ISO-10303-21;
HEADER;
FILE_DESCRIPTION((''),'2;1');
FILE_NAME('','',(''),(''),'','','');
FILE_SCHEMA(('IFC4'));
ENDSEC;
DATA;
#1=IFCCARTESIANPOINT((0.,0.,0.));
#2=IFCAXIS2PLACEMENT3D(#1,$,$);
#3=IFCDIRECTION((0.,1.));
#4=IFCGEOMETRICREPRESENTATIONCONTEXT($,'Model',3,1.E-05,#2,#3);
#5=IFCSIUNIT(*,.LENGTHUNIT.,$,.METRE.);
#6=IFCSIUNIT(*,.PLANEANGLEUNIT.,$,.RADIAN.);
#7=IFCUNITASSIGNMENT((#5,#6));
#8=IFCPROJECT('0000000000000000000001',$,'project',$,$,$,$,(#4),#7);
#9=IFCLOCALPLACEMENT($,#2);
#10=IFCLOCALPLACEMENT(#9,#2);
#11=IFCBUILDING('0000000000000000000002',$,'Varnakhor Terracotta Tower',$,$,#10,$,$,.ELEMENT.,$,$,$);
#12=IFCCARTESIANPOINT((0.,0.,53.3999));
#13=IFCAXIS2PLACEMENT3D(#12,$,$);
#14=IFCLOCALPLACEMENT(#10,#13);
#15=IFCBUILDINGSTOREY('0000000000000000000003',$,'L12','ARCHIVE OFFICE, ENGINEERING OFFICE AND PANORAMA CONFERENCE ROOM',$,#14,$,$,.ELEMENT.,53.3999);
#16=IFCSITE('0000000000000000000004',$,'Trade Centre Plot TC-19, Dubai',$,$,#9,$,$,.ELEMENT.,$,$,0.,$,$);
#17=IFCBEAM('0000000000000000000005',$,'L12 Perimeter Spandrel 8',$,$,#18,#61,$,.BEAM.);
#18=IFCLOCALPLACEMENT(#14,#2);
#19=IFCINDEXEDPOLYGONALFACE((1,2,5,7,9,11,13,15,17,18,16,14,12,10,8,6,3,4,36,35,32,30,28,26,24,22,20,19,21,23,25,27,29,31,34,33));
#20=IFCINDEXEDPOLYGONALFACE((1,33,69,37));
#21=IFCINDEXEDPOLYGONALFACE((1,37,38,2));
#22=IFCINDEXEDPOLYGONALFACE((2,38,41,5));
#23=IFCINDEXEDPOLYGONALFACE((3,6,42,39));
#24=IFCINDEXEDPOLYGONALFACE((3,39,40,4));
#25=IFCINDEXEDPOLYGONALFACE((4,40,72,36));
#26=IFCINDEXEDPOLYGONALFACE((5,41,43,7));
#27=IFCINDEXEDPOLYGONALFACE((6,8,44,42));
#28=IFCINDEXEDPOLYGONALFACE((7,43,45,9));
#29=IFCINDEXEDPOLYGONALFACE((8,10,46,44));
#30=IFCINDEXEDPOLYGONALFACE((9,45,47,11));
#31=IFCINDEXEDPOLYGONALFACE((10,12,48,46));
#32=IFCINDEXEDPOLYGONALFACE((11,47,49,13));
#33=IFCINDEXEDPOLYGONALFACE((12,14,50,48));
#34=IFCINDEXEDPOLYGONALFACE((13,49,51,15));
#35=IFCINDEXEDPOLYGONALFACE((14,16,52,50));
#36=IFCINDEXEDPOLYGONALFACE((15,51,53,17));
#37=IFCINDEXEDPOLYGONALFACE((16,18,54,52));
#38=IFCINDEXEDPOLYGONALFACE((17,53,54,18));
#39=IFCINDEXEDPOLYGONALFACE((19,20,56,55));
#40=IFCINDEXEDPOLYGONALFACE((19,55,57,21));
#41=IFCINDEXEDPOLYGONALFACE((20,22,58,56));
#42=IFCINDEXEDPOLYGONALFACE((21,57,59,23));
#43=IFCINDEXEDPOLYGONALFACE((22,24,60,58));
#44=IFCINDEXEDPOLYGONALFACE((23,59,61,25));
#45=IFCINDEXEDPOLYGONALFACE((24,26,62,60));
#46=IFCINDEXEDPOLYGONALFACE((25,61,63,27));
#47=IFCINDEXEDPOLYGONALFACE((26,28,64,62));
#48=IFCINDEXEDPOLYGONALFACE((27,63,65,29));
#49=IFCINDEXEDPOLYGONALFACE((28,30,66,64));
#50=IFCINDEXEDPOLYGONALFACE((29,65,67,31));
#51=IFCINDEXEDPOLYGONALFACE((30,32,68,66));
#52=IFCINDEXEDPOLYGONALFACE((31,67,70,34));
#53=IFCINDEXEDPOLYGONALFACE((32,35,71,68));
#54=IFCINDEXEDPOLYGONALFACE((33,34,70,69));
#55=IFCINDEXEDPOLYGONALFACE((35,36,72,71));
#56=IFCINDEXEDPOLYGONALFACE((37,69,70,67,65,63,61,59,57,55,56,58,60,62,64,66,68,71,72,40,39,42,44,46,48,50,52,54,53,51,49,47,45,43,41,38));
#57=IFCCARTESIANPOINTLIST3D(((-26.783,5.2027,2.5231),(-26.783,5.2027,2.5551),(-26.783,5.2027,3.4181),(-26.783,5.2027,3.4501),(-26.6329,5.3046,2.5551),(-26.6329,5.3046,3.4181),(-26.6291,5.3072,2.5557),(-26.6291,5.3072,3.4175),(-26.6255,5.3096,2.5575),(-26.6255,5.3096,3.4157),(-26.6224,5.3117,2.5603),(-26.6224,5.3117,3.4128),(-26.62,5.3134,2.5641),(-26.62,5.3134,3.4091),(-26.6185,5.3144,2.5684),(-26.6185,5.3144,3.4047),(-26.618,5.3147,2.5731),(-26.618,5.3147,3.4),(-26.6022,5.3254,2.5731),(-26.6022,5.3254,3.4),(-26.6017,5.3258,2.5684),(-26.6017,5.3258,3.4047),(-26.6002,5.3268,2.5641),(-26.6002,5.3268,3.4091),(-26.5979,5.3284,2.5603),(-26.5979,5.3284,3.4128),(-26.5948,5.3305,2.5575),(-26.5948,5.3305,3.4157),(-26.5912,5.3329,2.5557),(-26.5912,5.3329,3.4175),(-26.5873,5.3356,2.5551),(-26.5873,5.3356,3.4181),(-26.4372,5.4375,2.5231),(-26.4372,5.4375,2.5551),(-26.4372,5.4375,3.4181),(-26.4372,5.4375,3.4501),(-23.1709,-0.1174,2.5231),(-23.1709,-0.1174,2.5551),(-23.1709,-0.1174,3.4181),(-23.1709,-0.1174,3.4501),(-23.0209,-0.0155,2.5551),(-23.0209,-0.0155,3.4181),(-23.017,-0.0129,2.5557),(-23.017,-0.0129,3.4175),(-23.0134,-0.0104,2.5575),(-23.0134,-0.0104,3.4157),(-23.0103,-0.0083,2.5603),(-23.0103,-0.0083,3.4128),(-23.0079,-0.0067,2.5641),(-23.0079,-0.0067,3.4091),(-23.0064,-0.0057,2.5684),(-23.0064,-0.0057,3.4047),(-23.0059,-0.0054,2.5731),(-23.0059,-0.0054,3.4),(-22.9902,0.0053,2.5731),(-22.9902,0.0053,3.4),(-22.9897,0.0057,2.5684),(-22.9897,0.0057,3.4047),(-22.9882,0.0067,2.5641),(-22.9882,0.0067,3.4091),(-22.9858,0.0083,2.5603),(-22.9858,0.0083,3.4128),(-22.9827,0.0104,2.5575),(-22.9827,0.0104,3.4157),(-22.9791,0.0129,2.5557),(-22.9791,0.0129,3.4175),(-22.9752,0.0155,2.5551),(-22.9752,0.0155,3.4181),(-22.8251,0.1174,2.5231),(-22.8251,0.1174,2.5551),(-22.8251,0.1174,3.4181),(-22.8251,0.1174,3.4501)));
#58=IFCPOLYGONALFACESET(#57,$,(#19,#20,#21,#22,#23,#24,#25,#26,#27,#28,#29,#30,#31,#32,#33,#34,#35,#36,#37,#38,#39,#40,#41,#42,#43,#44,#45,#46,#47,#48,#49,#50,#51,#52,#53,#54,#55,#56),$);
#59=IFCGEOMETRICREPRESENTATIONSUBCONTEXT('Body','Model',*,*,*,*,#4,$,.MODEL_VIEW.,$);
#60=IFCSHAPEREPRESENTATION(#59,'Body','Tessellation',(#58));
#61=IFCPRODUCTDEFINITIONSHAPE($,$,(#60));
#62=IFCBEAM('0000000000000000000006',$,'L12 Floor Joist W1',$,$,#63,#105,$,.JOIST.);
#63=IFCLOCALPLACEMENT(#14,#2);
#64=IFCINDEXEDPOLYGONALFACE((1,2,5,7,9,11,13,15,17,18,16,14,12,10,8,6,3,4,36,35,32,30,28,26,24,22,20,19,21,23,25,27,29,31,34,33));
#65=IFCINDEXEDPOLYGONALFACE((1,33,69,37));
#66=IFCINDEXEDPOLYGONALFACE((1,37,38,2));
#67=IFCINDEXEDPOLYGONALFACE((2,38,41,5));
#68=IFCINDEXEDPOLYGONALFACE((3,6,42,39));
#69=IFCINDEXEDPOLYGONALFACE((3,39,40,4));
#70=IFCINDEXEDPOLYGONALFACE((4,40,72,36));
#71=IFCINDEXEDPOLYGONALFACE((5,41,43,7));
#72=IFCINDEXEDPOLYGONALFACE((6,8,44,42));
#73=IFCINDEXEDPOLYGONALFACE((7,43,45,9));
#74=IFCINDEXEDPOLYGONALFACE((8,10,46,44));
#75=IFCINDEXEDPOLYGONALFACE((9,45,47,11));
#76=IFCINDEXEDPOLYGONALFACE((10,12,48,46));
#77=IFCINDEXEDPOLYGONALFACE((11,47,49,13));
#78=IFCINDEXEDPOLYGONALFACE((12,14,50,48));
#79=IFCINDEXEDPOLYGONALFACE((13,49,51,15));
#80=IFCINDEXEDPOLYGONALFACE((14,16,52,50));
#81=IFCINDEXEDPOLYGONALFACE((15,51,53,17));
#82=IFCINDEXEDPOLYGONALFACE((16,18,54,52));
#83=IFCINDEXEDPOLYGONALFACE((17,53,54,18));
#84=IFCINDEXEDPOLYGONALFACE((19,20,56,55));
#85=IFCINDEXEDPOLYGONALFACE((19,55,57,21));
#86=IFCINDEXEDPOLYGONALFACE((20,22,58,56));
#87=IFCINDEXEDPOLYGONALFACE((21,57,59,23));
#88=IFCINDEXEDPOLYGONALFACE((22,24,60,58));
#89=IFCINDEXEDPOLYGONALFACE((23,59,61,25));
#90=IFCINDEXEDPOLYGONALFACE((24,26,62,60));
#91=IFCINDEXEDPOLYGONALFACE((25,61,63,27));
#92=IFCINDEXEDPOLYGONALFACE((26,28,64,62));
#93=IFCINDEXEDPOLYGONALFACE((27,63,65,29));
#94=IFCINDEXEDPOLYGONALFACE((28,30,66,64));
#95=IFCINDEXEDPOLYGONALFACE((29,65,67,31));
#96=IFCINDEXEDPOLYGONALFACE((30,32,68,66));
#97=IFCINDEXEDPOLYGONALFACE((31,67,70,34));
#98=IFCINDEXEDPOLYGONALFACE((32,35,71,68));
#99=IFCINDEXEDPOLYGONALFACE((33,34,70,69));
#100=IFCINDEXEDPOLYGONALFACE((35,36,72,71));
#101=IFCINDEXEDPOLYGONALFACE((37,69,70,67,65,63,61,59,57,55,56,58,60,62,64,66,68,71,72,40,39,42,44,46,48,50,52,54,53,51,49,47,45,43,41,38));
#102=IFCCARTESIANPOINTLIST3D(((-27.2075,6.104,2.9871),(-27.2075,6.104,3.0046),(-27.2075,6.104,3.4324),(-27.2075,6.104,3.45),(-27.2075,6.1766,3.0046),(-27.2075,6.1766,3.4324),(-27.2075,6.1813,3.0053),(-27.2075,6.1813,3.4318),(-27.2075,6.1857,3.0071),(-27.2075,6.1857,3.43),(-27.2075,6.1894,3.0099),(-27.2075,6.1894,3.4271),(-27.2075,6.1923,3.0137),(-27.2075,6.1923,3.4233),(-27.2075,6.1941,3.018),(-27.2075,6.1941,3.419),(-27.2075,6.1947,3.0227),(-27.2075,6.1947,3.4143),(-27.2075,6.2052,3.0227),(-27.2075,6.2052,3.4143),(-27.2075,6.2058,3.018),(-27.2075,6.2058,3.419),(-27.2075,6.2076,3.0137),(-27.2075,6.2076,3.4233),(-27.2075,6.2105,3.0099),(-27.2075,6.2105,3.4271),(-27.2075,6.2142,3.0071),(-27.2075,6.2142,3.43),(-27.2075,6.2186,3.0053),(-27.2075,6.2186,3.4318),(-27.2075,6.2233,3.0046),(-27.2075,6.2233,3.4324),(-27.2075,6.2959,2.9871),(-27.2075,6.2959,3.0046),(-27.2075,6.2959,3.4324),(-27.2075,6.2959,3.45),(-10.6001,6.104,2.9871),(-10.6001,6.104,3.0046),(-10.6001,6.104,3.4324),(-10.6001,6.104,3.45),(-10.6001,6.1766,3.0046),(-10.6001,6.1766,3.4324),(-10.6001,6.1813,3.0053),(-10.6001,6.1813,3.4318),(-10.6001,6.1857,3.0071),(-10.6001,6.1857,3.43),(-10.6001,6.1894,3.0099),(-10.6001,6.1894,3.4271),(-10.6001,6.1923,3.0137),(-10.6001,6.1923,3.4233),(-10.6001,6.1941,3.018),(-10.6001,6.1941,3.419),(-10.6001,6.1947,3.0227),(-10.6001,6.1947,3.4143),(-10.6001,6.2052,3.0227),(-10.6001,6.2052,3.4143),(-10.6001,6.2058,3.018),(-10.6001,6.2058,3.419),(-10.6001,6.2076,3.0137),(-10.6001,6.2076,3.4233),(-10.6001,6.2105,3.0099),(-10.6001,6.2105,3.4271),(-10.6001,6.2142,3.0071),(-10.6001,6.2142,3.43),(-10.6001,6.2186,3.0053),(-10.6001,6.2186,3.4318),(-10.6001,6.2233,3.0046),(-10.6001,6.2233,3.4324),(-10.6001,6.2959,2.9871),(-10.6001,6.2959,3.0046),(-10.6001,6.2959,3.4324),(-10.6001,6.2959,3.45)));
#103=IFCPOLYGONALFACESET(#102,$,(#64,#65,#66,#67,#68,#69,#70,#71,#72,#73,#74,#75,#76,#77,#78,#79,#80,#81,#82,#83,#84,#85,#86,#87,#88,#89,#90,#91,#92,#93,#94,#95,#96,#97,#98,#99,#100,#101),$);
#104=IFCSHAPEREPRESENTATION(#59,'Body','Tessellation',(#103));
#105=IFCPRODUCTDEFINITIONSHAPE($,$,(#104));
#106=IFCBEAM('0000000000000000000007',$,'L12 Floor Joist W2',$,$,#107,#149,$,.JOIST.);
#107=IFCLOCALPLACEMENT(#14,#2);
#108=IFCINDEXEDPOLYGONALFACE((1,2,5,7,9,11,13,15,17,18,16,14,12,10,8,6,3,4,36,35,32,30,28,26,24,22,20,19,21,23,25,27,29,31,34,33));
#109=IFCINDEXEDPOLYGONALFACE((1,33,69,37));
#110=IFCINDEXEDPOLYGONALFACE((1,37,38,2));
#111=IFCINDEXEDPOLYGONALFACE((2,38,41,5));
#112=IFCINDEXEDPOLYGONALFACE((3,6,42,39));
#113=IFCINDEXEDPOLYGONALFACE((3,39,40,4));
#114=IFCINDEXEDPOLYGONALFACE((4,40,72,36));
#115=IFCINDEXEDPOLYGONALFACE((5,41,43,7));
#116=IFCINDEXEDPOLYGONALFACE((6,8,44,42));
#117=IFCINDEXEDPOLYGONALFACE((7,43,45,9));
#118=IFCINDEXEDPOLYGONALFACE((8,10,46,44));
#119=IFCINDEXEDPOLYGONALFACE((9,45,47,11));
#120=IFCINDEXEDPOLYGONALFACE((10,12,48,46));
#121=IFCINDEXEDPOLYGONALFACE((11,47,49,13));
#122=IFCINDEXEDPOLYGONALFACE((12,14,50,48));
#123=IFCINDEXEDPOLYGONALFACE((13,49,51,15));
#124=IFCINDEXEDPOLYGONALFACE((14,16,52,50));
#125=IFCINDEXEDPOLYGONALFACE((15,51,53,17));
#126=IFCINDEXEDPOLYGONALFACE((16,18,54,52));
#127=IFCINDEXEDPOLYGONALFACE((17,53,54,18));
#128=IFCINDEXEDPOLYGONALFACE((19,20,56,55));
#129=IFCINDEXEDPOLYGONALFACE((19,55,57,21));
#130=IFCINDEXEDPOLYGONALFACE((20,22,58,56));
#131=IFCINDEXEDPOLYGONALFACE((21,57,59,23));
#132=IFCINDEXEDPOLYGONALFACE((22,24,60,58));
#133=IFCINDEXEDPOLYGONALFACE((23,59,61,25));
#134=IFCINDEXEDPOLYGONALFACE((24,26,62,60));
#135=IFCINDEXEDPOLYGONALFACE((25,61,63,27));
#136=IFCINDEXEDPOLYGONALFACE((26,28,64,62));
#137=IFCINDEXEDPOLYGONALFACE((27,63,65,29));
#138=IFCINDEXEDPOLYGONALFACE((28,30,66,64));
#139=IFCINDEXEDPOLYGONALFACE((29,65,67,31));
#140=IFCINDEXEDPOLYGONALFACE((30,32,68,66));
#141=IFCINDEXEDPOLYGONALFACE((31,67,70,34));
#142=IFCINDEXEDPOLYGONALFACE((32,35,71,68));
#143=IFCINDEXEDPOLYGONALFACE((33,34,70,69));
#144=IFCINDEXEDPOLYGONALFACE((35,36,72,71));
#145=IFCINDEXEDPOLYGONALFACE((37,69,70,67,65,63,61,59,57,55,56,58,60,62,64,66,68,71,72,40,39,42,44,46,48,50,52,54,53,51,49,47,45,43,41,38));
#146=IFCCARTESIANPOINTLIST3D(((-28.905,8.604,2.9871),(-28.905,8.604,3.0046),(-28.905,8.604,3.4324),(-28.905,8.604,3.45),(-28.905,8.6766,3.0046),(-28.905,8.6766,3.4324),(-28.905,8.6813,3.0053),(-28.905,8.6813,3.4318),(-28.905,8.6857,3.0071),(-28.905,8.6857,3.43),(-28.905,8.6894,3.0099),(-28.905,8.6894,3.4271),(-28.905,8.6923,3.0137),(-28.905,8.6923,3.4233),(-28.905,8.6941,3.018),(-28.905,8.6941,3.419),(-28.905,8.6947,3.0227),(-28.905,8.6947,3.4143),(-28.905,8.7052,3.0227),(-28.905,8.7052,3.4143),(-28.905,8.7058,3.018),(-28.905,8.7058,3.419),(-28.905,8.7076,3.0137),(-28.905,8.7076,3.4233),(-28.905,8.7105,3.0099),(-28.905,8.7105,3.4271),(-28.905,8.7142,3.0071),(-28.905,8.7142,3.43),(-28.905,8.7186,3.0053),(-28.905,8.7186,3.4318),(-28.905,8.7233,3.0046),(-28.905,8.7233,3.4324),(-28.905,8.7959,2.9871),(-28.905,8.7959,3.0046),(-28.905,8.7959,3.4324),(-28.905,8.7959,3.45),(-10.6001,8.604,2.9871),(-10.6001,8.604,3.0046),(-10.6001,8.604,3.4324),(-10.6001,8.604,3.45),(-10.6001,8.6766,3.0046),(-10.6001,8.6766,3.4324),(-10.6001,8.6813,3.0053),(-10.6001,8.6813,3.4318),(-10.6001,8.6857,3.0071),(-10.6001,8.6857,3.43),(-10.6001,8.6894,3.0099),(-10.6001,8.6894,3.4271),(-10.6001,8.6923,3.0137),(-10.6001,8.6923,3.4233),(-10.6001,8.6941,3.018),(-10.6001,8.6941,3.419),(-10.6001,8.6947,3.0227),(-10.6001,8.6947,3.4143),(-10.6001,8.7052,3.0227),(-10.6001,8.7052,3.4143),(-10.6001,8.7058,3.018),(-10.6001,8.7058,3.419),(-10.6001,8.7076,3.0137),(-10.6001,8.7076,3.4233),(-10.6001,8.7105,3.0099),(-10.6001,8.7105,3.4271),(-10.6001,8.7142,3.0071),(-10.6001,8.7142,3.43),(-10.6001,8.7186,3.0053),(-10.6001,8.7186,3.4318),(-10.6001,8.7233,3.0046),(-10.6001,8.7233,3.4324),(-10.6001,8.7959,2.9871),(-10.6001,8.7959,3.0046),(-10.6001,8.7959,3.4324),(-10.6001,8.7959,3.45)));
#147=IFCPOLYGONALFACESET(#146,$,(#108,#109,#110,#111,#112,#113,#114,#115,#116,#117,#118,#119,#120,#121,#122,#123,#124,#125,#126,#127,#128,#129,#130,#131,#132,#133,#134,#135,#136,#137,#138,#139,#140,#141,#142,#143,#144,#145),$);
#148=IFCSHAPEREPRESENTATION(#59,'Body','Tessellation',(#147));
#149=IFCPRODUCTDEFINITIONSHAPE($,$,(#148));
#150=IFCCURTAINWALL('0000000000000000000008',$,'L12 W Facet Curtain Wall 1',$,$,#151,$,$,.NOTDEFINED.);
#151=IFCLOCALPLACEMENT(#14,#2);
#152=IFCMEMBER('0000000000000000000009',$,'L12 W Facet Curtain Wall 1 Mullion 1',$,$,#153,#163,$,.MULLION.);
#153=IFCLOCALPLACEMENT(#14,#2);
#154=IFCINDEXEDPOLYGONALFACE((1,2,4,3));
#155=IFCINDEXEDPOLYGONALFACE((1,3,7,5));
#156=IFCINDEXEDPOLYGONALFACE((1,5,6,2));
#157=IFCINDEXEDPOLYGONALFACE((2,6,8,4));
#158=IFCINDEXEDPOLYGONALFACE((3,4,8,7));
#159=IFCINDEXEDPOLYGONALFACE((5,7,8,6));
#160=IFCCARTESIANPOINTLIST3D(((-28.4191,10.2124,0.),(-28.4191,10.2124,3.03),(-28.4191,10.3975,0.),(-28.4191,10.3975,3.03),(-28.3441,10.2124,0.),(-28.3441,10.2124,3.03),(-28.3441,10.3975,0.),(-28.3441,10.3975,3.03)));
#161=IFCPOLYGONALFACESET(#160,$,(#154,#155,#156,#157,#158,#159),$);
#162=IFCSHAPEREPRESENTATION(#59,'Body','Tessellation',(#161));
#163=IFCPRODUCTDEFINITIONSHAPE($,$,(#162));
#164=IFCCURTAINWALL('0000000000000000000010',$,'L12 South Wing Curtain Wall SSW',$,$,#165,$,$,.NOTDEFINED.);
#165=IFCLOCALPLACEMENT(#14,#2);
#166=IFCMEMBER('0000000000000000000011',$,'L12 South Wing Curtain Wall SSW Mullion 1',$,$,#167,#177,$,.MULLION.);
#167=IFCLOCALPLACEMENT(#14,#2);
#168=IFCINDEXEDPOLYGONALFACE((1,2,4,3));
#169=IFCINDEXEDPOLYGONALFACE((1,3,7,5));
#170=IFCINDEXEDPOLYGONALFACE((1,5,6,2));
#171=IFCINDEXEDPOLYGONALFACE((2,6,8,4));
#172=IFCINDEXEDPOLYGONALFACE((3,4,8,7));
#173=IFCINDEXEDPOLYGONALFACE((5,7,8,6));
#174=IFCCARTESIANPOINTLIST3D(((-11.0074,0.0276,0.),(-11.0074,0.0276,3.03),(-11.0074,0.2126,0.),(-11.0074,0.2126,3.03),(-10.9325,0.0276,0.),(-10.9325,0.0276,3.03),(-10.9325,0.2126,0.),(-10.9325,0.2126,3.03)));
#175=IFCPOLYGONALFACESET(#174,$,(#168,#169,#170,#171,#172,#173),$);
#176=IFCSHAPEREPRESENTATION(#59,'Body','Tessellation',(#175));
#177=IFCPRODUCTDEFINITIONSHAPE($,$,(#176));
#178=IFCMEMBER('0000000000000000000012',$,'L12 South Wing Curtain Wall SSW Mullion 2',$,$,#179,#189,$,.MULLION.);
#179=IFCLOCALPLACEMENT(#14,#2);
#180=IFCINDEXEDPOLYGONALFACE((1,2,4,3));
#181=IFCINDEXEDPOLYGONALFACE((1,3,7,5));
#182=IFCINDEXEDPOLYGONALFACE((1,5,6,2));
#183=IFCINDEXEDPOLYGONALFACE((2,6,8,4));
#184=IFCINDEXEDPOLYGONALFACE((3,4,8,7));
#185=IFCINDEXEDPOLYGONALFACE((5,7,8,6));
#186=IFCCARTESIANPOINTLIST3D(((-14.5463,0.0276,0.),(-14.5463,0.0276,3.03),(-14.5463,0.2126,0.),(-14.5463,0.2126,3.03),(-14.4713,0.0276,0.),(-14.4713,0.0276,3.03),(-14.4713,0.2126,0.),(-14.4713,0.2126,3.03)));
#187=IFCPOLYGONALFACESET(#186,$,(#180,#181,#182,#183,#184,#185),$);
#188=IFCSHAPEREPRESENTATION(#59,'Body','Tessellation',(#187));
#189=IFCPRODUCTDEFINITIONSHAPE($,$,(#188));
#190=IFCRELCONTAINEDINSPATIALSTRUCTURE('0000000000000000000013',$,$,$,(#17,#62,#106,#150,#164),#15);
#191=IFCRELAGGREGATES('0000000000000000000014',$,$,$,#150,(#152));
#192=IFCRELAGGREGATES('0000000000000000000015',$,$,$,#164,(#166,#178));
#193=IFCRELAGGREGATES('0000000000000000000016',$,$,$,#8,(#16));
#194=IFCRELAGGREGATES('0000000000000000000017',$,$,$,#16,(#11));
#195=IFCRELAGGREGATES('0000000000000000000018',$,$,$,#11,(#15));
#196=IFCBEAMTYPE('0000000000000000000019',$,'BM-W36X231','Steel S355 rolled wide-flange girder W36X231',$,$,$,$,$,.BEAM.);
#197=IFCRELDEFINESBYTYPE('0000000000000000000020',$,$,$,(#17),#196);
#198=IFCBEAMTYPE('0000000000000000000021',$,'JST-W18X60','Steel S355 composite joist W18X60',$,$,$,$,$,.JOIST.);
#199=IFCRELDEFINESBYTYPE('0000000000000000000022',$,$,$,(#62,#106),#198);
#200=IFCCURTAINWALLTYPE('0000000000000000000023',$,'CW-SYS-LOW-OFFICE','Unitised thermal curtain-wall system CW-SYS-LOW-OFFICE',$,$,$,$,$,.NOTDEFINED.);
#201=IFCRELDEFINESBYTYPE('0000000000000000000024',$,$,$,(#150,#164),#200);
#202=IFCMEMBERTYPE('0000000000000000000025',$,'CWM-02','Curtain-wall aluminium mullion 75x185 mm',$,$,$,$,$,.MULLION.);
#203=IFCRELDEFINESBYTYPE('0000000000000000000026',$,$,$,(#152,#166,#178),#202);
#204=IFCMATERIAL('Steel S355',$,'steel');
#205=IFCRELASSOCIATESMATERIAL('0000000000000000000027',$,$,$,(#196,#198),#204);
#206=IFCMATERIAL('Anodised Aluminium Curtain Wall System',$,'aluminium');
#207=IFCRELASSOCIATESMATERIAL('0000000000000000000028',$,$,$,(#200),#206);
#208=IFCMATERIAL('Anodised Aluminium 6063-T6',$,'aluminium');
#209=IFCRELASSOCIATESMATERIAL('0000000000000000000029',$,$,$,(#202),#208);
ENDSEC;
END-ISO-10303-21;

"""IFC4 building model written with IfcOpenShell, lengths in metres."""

from ifc_helpers import new_model, si_unit, direction, frame, origin, origin_2d, place, context, subcontext, project, spatial, rectangle, i_section, extrude, source, transform, mapped, material, material_profile, profile_set, type_object, type_shapes, element, aggregate, save


model = new_model("IFC4")

# Units and contexts
model_context = context("Model", 3, precision=1e-05, world=origin(), true_north=direction((0.0, 1.0)))
body_context = subcontext(model_context, "Body", "Model", "MODEL_VIEW")
ifc_project = project(units=[si_unit("LENGTHUNIT", "METRE"), si_unit("PLANEANGLEUNIT", "RADIAN")], contexts=[model_context])

# Site, building, storey
site_placement = place(None, origin())
site = spatial("IfcSite", under=ifc_project, at=site_placement, Name="Trade Centre Plot TC-19, Dubai", CompositionType="ELEMENT", RefElevation=0.0)
building_placement = place(site_placement, origin())
building = spatial("IfcBuilding", under=site, at=building_placement, Name="Varnakhor Terracotta Tower", CompositionType="ELEMENT")
storey_placement = place(building_placement, frame((0.0, 0.0, 53.3999)))
storey = spatial("IfcBuildingStorey", under=building, at=storey_placement, Name="L12", Description="ARCHIVE OFFICE, ENGINEERING OFFICE AND PANORAMA CONFERENCE ROOM", CompositionType="ELEMENT", Elevation=53.3999)

# Beams
ifc_material_1 = material(Name="Steel S355", Category="steel")
ifc_material_profile_1 = material_profile(ifc_material_1, i_section(OverallWidth=0.418, OverallDepth=0.927, WebThickness=0.019, FlangeThickness=0.032, FilletRadius=0.0181, at=origin_2d()), Name="W36X231")
ifc_profile_set_1 = profile_set([ifc_material_profile_1], Name="Steel S355")
beam_type_1 = type_object("IfcBeamType", Name="BM-W36X231", Description="Steel S355 rolled wide-flange girder W36X231", PredefinedType="BEAM", material=ifc_profile_set_1)
shared_shape_1 = source(origin(), body_context, "Body", "SweptSolid", [
    extrude(i_section(OverallWidth=0.418, OverallDepth=0.927, WebThickness=0.019, FlangeThickness=0.032, FilletRadius=0.0181, at=origin_2d()), origin(), (0.0, 0.0, 1.0), 6.4304),
])
beam_1_placement = place(storey_placement, frame((-26.6101, 5.3201, 2.9866), z_axis=(0.561716, -0.82733, 0.0), x_axis=(0.82733, 0.561716, 0.0)))
element("IfcBeam", 1, at=beam_1_placement, inside=storey, type_object=beam_type_1, Name="L12 Perimeter Spandrel 8", PredefinedType="BEAM", context=body_context, shape_type="MappedRepresentation", body=[
    mapped(shared_shape_1, transform((0.0, 0.0, 0.0), scale=1.0)),
])
ifc_material_profile_2 = material_profile(ifc_material_1, i_section(OverallWidth=0.1919, OverallDepth=0.4629, WebThickness=0.0105, FlangeThickness=0.0176, FilletRadius=0.0181, at=origin_2d()), Name="W18X60")
ifc_profile_set_2 = profile_set([ifc_material_profile_2], Name="Steel S355")
beam_type_2 = type_object("IfcBeamType", Name="JST-W18X60", Description="Steel S355 composite joist W18X60", PredefinedType="JOIST", material=ifc_profile_set_2)
shared_shape_2 = source(origin(), body_context, "Body", "SweptSolid", [
    extrude(i_section(OverallWidth=0.1919, OverallDepth=0.4629, WebThickness=0.0105, FlangeThickness=0.0176, FilletRadius=0.0181, at=origin_2d()), origin(), (0.0, 0.0, 1.0), 16.6074),
])
beam_2_placement = place(storey_placement, frame((-27.2075, 6.2, 3.2185), z_axis=(1.0, 0.0, 0.0), x_axis=(0.0, 1.0, 0.0)))
element("IfcBeam", 2, at=beam_2_placement, inside=storey, type_object=beam_type_2, Name="L12 Floor Joist W1", PredefinedType="JOIST", context=body_context, shape_type="MappedRepresentation", body=[
    mapped(shared_shape_2, transform((0.0, 0.0, 0.0), scale=1.0)),
])
shared_shape_3 = source(origin(), body_context, "Body", "SweptSolid", [
    extrude(i_section(OverallWidth=0.1919, OverallDepth=0.4629, WebThickness=0.0105, FlangeThickness=0.0176, FilletRadius=0.0181, at=origin_2d()), origin(), (0.0, 0.0, 1.0), 18.3049),
])
beam_3_placement = place(storey_placement, frame((-28.905, 8.7, 3.2185), z_axis=(1.0, 0.0, 0.0), x_axis=(0.0, 1.0, 0.0)))
element("IfcBeam", 3, at=beam_3_placement, inside=storey, type_object=beam_type_2, Name="L12 Floor Joist W2", PredefinedType="JOIST", context=body_context, shape_type="MappedRepresentation", body=[
    mapped(shared_shape_3, transform((0.0, 0.0, 0.0), scale=1.0)),
])

# Curtain wall, member
ifc_material_2 = material(Name="Anodised Aluminium Curtain Wall System", Category="aluminium")
curtain_wall_type = type_object("IfcCurtainWallType", Name="CW-SYS-LOW-OFFICE", Description="Unitised thermal curtain-wall system CW-SYS-LOW-OFFICE", PredefinedType="NOTDEFINED", material=ifc_material_2)
curtain_wall_1_placement = place(storey_placement, origin())
curtain_wall_1 = element("IfcCurtainWall", 4, at=curtain_wall_1_placement, inside=storey, type_object=curtain_wall_type, Name="L12 W Facet Curtain Wall 1", PredefinedType="NOTDEFINED")
ifc_material_3 = material(Name="Anodised Aluminium 6063-T6", Category="aluminium")
ifc_material_profile_3 = material_profile(ifc_material_3, rectangle(XDim=0.075, YDim=0.1851, at=origin_2d()), Name="ALU MULLION 75x185")
ifc_profile_set_3 = profile_set([ifc_material_profile_3], Name="Anodised Aluminium 6063-T6")
member_type_1 = type_object("IfcMemberType", Name="CWM-02", Description="Curtain-wall aluminium mullion 75x185 mm", PredefinedType="MULLION", material=ifc_profile_set_3)
shared_shape_4 = source(origin(), body_context, "Body", "SweptSolid", [
    extrude(rectangle(XDim=0.075, YDim=0.1851, at=origin_2d()), origin(), (0.0, 0.0, 1.0), 3.03),
])
type_shapes(member_type_1, [shared_shape_4])
member_1_placement = place(storey_placement, frame((-28.3816, 10.3049, 0.0), z_axis=(0.0, 0.0, 1.0), x_axis=(1.0, 0.0, 0.0)))
member_1 = element("IfcMember", 5, at=member_1_placement, type_object=member_type_1, Name="L12 W Facet Curtain Wall 1 Mullion 1", PredefinedType="MULLION", context=body_context, shape_type="MappedRepresentation", body=[
    mapped(shared_shape_4, transform((0.0, 0.0, 0.0), scale=1.0)),
])

# Curtain wall, members
curtain_wall_2_placement = place(storey_placement, origin())
curtain_wall_2 = element("IfcCurtainWall", 6, at=curtain_wall_2_placement, inside=storey, type_object=curtain_wall_type, Name="L12 South Wing Curtain Wall SSW", PredefinedType="NOTDEFINED")
member_2_placement = place(storey_placement, frame((-10.97, 0.1201, 0.0), z_axis=(0.0, 0.0, 1.0), x_axis=(1.0, 0.0, 0.0)))
member_2 = element("IfcMember", 7, at=member_2_placement, type_object=member_type_1, Name="L12 South Wing Curtain Wall SSW Mullion 1", PredefinedType="MULLION", context=body_context, shape_type="MappedRepresentation", body=[
    mapped(shared_shape_4, transform((0.0, 0.0, 0.0), scale=1.0)),
])
member_3_placement = place(storey_placement, frame((-14.5088, 0.1201, 0.0), z_axis=(0.0, 0.0, 1.0), x_axis=(1.0, 0.0, 0.0)))
member_3 = element("IfcMember", 8, at=member_3_placement, type_object=member_type_1, Name="L12 South Wing Curtain Wall SSW Mullion 2", PredefinedType="MULLION", context=body_context, shape_type="MappedRepresentation", body=[
    mapped(shared_shape_4, transform((0.0, 0.0, 0.0), scale=1.0)),
])

aggregate(curtain_wall_1, [member_1])

aggregate(curtain_wall_2, [member_2, member_3])

save(model, "model.ifc")
